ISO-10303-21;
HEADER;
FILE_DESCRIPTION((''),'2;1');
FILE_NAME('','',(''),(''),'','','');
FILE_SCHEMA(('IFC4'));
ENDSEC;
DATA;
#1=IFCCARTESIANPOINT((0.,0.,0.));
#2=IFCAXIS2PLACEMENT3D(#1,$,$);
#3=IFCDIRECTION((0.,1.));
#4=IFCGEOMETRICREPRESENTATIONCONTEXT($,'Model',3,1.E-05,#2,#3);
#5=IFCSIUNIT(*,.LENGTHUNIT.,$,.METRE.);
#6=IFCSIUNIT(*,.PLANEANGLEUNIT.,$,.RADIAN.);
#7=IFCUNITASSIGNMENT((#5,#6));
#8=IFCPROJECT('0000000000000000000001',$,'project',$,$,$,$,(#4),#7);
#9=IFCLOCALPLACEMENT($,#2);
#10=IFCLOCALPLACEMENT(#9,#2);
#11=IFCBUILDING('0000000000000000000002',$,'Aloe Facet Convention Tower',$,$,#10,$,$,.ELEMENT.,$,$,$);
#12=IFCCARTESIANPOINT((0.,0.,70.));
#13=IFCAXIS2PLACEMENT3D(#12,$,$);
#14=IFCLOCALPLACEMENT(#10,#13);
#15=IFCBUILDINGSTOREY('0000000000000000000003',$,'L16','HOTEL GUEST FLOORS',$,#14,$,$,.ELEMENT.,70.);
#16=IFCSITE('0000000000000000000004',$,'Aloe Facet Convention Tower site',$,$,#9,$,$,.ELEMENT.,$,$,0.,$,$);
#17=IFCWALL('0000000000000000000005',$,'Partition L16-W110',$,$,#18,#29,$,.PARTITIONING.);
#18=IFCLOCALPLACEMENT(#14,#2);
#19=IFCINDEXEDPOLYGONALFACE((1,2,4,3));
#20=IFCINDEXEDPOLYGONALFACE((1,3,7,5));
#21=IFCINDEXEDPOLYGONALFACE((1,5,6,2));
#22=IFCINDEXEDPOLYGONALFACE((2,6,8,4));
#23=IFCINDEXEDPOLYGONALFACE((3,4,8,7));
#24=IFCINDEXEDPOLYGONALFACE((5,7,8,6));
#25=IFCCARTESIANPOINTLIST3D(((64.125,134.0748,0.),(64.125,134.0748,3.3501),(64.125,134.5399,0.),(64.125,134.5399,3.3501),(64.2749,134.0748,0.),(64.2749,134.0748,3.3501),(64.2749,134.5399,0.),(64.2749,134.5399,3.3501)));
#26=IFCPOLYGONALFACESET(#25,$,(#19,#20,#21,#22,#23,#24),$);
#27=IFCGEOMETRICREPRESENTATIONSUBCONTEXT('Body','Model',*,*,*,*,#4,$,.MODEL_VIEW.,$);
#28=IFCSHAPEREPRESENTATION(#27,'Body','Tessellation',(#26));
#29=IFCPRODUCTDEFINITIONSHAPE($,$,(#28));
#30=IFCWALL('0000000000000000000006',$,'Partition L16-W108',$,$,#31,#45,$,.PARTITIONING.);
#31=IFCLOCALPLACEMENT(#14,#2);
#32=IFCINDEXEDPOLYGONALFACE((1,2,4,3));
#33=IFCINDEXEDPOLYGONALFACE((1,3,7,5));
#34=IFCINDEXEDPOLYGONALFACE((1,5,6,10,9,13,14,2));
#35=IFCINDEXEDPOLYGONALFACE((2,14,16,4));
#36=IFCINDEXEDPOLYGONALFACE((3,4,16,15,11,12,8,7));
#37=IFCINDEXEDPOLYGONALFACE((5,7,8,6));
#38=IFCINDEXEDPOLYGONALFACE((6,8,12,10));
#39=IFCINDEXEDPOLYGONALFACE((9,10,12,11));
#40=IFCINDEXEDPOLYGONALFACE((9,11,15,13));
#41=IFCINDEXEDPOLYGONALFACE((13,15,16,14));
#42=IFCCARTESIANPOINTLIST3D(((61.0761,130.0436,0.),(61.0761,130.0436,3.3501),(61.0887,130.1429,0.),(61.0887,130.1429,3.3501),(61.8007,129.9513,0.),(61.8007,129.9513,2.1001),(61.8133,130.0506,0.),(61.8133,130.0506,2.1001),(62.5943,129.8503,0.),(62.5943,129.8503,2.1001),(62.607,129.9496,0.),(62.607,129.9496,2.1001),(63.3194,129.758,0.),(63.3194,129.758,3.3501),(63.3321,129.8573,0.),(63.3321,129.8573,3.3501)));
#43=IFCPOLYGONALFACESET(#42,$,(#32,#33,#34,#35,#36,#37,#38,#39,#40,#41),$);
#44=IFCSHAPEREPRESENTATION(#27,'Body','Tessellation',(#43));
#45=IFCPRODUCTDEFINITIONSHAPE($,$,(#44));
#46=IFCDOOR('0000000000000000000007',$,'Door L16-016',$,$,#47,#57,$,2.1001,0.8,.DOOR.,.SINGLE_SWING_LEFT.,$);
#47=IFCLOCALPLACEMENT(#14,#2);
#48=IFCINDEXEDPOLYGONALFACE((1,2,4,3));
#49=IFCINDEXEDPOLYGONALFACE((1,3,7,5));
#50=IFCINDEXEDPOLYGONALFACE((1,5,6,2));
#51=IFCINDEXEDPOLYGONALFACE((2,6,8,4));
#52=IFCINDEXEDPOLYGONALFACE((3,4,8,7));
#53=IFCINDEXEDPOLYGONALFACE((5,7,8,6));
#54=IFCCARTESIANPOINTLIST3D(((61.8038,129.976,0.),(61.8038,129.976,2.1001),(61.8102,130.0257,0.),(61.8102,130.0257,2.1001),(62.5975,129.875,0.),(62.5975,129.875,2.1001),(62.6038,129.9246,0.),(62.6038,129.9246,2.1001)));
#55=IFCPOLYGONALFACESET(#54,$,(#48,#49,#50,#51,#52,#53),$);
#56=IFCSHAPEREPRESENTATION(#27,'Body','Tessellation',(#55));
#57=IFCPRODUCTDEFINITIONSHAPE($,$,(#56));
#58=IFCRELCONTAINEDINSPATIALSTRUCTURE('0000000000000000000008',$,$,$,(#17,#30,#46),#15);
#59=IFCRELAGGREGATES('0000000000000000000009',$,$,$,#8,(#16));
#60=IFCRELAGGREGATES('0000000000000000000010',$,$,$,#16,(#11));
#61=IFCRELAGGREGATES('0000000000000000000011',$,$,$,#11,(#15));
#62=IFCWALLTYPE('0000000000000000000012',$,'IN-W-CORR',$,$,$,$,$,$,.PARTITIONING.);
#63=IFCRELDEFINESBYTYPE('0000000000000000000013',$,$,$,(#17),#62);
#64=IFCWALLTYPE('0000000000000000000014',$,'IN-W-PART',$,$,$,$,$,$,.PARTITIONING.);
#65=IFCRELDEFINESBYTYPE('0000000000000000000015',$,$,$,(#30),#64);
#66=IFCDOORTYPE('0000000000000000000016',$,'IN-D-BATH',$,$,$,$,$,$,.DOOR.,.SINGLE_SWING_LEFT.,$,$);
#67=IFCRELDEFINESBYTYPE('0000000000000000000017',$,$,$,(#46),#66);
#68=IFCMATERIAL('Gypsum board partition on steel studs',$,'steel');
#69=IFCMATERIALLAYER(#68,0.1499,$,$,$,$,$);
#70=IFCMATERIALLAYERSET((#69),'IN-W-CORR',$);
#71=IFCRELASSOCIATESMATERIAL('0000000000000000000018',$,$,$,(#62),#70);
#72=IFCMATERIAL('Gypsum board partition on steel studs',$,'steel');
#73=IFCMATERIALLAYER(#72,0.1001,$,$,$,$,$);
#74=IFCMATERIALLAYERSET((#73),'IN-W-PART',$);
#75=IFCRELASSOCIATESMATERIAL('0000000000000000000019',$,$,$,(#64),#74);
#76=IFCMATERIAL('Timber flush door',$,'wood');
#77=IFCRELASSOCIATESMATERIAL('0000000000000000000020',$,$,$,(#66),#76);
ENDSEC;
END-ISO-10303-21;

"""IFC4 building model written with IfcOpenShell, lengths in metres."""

from ifc_helpers import new_model, si_unit, direction, frame, frame_2d, origin, place, context, subcontext, project, spatial, rectangle, extrude, material, layer, layer_set, type_object, element, fill, save


model = new_model("IFC4")

# Units and contexts
model_context = context("Model", 3, precision=1e-05, world=origin(), true_north=direction((0.0, 1.0)))
body_context = subcontext(model_context, "Body", "Model", "MODEL_VIEW")
ifc_project = project(units=[si_unit("LENGTHUNIT", "METRE"), si_unit("PLANEANGLEUNIT", "RADIAN")], contexts=[model_context])

# Site, building, storey
site_placement = place(None, origin())
site = spatial("IfcSite", under=ifc_project, at=site_placement, Name="Aloe Facet Convention Tower site", CompositionType="ELEMENT", RefElevation=0.0)
building_placement = place(site_placement, origin())
building = spatial("IfcBuilding", under=site, at=building_placement, Name="Aloe Facet Convention Tower", CompositionType="ELEMENT")
storey_placement = place(building_placement, frame((0.0, 0.0, 70.0)))
storey = spatial("IfcBuildingStorey", under=building, at=storey_placement, Name="L16", Description="HOTEL GUEST FLOORS", CompositionType="ELEMENT", Elevation=70.0)

# Shared definitions
ifc_material_1 = material(Name="Gypsum board partition on steel studs", Category="steel")
ifc_layer_1 = layer(ifc_material_1, 0.1499)
ifc_layer_set_1 = layer_set([ifc_layer_1], Name="IN-W-CORR")
wall_type_1 = type_object("IfcWallType", Name="IN-W-CORR", PredefinedType="PARTITIONING", material=ifc_layer_set_1)

# Wall
wall_1_placement = place(storey_placement, frame((64.2, 134.075, 0.0), z_axis=(0.0, 0.0, 1.0), x_axis=(0.0, 1.0, 0.0)))
element("IfcWall", 1, at=wall_1_placement, inside=storey, type_object=wall_type_1, Name="Partition L16-W110", PredefinedType="PARTITIONING", context=body_context, shape_type="SweptSolid", body=[
    extrude(rectangle(XDim=0.4651, YDim=0.1499, at=frame_2d((0.2324, 0.0))), origin(), (0.0, 0.0, 1.0), 3.3501),
])

# Wall, opening, door
ifc_material_2 = material(Name="Gypsum board partition on steel studs", Category="steel")
ifc_layer_2 = layer(ifc_material_2, 0.1001)
ifc_layer_set_2 = layer_set([ifc_layer_2], Name="IN-W-PART")
wall_type_2 = type_object("IfcWallType", Name="IN-W-PART", PredefinedType="PARTITIONING", material=ifc_layer_set_2)
wall_2_placement = place(storey_placement, frame((61.0823, 130.0933, 0.0), z_axis=(0.0, 0.0, 1.0), x_axis=(0.991991, -0.126306, 0.0)))
wall_2 = element("IfcWall", 2, at=wall_2_placement, inside=storey, type_object=wall_type_2, Name="Partition L16-W108", PredefinedType="PARTITIONING", context=body_context, shape_type="SweptSolid", body=[
    extrude(rectangle(XDim=2.2615, YDim=0.1001, at=frame_2d((1.1309, 0.0))), origin(), (0.0, 0.0, 1.0), 3.3501),
])
opening_1_placement = place(wall_2_placement, frame((0.7307, 0.0, 0.0)))
opening_1 = element("IfcOpeningElement", 3, at=opening_1_placement, cuts=wall_2, PredefinedType="OPENING", context=body_context, shape_type="SweptSolid", body=[
    extrude(rectangle(XDim=0.8, YDim=2.1001, at=frame_2d((0.3999, 1.05))), frame((0.0, 0.0601, 0.0), z_axis=(0.0, -1.0, 0.0), x_axis=(1.0, 0.0, 0.0)), (0.0, 0.0, 1.0), 0.1201),
])
ifc_material_3 = material(Name="Timber flush door", Category="wood")
door_type_1 = type_object("IfcDoorType", Name="IN-D-BATH", OperationType="SINGLE_SWING_LEFT", PredefinedType="DOOR", material=ifc_material_3)
door_1_placement = place(opening_1_placement, origin())
door_1 = element("IfcDoor", 4, at=door_1_placement, inside=storey, type_object=door_type_1, Name="Door L16-016", OperationType="SINGLE_SWING_LEFT", OverallHeight=2.1001, OverallWidth=0.8, PredefinedType="DOOR", context=body_context, shape_type="SweptSolid", body=[
    extrude(rectangle(XDim=0.8, YDim=2.1001, at=frame_2d((0.3999, 1.05))), frame((0.0, 0.0249, 0.0), z_axis=(0.0, -1.0, 0.0), x_axis=(1.0, 0.0, 0.0)), (0.0, 0.0, 1.0), 0.05),
])
fill(opening_1, door_1)

save(model, "model.ifc")
